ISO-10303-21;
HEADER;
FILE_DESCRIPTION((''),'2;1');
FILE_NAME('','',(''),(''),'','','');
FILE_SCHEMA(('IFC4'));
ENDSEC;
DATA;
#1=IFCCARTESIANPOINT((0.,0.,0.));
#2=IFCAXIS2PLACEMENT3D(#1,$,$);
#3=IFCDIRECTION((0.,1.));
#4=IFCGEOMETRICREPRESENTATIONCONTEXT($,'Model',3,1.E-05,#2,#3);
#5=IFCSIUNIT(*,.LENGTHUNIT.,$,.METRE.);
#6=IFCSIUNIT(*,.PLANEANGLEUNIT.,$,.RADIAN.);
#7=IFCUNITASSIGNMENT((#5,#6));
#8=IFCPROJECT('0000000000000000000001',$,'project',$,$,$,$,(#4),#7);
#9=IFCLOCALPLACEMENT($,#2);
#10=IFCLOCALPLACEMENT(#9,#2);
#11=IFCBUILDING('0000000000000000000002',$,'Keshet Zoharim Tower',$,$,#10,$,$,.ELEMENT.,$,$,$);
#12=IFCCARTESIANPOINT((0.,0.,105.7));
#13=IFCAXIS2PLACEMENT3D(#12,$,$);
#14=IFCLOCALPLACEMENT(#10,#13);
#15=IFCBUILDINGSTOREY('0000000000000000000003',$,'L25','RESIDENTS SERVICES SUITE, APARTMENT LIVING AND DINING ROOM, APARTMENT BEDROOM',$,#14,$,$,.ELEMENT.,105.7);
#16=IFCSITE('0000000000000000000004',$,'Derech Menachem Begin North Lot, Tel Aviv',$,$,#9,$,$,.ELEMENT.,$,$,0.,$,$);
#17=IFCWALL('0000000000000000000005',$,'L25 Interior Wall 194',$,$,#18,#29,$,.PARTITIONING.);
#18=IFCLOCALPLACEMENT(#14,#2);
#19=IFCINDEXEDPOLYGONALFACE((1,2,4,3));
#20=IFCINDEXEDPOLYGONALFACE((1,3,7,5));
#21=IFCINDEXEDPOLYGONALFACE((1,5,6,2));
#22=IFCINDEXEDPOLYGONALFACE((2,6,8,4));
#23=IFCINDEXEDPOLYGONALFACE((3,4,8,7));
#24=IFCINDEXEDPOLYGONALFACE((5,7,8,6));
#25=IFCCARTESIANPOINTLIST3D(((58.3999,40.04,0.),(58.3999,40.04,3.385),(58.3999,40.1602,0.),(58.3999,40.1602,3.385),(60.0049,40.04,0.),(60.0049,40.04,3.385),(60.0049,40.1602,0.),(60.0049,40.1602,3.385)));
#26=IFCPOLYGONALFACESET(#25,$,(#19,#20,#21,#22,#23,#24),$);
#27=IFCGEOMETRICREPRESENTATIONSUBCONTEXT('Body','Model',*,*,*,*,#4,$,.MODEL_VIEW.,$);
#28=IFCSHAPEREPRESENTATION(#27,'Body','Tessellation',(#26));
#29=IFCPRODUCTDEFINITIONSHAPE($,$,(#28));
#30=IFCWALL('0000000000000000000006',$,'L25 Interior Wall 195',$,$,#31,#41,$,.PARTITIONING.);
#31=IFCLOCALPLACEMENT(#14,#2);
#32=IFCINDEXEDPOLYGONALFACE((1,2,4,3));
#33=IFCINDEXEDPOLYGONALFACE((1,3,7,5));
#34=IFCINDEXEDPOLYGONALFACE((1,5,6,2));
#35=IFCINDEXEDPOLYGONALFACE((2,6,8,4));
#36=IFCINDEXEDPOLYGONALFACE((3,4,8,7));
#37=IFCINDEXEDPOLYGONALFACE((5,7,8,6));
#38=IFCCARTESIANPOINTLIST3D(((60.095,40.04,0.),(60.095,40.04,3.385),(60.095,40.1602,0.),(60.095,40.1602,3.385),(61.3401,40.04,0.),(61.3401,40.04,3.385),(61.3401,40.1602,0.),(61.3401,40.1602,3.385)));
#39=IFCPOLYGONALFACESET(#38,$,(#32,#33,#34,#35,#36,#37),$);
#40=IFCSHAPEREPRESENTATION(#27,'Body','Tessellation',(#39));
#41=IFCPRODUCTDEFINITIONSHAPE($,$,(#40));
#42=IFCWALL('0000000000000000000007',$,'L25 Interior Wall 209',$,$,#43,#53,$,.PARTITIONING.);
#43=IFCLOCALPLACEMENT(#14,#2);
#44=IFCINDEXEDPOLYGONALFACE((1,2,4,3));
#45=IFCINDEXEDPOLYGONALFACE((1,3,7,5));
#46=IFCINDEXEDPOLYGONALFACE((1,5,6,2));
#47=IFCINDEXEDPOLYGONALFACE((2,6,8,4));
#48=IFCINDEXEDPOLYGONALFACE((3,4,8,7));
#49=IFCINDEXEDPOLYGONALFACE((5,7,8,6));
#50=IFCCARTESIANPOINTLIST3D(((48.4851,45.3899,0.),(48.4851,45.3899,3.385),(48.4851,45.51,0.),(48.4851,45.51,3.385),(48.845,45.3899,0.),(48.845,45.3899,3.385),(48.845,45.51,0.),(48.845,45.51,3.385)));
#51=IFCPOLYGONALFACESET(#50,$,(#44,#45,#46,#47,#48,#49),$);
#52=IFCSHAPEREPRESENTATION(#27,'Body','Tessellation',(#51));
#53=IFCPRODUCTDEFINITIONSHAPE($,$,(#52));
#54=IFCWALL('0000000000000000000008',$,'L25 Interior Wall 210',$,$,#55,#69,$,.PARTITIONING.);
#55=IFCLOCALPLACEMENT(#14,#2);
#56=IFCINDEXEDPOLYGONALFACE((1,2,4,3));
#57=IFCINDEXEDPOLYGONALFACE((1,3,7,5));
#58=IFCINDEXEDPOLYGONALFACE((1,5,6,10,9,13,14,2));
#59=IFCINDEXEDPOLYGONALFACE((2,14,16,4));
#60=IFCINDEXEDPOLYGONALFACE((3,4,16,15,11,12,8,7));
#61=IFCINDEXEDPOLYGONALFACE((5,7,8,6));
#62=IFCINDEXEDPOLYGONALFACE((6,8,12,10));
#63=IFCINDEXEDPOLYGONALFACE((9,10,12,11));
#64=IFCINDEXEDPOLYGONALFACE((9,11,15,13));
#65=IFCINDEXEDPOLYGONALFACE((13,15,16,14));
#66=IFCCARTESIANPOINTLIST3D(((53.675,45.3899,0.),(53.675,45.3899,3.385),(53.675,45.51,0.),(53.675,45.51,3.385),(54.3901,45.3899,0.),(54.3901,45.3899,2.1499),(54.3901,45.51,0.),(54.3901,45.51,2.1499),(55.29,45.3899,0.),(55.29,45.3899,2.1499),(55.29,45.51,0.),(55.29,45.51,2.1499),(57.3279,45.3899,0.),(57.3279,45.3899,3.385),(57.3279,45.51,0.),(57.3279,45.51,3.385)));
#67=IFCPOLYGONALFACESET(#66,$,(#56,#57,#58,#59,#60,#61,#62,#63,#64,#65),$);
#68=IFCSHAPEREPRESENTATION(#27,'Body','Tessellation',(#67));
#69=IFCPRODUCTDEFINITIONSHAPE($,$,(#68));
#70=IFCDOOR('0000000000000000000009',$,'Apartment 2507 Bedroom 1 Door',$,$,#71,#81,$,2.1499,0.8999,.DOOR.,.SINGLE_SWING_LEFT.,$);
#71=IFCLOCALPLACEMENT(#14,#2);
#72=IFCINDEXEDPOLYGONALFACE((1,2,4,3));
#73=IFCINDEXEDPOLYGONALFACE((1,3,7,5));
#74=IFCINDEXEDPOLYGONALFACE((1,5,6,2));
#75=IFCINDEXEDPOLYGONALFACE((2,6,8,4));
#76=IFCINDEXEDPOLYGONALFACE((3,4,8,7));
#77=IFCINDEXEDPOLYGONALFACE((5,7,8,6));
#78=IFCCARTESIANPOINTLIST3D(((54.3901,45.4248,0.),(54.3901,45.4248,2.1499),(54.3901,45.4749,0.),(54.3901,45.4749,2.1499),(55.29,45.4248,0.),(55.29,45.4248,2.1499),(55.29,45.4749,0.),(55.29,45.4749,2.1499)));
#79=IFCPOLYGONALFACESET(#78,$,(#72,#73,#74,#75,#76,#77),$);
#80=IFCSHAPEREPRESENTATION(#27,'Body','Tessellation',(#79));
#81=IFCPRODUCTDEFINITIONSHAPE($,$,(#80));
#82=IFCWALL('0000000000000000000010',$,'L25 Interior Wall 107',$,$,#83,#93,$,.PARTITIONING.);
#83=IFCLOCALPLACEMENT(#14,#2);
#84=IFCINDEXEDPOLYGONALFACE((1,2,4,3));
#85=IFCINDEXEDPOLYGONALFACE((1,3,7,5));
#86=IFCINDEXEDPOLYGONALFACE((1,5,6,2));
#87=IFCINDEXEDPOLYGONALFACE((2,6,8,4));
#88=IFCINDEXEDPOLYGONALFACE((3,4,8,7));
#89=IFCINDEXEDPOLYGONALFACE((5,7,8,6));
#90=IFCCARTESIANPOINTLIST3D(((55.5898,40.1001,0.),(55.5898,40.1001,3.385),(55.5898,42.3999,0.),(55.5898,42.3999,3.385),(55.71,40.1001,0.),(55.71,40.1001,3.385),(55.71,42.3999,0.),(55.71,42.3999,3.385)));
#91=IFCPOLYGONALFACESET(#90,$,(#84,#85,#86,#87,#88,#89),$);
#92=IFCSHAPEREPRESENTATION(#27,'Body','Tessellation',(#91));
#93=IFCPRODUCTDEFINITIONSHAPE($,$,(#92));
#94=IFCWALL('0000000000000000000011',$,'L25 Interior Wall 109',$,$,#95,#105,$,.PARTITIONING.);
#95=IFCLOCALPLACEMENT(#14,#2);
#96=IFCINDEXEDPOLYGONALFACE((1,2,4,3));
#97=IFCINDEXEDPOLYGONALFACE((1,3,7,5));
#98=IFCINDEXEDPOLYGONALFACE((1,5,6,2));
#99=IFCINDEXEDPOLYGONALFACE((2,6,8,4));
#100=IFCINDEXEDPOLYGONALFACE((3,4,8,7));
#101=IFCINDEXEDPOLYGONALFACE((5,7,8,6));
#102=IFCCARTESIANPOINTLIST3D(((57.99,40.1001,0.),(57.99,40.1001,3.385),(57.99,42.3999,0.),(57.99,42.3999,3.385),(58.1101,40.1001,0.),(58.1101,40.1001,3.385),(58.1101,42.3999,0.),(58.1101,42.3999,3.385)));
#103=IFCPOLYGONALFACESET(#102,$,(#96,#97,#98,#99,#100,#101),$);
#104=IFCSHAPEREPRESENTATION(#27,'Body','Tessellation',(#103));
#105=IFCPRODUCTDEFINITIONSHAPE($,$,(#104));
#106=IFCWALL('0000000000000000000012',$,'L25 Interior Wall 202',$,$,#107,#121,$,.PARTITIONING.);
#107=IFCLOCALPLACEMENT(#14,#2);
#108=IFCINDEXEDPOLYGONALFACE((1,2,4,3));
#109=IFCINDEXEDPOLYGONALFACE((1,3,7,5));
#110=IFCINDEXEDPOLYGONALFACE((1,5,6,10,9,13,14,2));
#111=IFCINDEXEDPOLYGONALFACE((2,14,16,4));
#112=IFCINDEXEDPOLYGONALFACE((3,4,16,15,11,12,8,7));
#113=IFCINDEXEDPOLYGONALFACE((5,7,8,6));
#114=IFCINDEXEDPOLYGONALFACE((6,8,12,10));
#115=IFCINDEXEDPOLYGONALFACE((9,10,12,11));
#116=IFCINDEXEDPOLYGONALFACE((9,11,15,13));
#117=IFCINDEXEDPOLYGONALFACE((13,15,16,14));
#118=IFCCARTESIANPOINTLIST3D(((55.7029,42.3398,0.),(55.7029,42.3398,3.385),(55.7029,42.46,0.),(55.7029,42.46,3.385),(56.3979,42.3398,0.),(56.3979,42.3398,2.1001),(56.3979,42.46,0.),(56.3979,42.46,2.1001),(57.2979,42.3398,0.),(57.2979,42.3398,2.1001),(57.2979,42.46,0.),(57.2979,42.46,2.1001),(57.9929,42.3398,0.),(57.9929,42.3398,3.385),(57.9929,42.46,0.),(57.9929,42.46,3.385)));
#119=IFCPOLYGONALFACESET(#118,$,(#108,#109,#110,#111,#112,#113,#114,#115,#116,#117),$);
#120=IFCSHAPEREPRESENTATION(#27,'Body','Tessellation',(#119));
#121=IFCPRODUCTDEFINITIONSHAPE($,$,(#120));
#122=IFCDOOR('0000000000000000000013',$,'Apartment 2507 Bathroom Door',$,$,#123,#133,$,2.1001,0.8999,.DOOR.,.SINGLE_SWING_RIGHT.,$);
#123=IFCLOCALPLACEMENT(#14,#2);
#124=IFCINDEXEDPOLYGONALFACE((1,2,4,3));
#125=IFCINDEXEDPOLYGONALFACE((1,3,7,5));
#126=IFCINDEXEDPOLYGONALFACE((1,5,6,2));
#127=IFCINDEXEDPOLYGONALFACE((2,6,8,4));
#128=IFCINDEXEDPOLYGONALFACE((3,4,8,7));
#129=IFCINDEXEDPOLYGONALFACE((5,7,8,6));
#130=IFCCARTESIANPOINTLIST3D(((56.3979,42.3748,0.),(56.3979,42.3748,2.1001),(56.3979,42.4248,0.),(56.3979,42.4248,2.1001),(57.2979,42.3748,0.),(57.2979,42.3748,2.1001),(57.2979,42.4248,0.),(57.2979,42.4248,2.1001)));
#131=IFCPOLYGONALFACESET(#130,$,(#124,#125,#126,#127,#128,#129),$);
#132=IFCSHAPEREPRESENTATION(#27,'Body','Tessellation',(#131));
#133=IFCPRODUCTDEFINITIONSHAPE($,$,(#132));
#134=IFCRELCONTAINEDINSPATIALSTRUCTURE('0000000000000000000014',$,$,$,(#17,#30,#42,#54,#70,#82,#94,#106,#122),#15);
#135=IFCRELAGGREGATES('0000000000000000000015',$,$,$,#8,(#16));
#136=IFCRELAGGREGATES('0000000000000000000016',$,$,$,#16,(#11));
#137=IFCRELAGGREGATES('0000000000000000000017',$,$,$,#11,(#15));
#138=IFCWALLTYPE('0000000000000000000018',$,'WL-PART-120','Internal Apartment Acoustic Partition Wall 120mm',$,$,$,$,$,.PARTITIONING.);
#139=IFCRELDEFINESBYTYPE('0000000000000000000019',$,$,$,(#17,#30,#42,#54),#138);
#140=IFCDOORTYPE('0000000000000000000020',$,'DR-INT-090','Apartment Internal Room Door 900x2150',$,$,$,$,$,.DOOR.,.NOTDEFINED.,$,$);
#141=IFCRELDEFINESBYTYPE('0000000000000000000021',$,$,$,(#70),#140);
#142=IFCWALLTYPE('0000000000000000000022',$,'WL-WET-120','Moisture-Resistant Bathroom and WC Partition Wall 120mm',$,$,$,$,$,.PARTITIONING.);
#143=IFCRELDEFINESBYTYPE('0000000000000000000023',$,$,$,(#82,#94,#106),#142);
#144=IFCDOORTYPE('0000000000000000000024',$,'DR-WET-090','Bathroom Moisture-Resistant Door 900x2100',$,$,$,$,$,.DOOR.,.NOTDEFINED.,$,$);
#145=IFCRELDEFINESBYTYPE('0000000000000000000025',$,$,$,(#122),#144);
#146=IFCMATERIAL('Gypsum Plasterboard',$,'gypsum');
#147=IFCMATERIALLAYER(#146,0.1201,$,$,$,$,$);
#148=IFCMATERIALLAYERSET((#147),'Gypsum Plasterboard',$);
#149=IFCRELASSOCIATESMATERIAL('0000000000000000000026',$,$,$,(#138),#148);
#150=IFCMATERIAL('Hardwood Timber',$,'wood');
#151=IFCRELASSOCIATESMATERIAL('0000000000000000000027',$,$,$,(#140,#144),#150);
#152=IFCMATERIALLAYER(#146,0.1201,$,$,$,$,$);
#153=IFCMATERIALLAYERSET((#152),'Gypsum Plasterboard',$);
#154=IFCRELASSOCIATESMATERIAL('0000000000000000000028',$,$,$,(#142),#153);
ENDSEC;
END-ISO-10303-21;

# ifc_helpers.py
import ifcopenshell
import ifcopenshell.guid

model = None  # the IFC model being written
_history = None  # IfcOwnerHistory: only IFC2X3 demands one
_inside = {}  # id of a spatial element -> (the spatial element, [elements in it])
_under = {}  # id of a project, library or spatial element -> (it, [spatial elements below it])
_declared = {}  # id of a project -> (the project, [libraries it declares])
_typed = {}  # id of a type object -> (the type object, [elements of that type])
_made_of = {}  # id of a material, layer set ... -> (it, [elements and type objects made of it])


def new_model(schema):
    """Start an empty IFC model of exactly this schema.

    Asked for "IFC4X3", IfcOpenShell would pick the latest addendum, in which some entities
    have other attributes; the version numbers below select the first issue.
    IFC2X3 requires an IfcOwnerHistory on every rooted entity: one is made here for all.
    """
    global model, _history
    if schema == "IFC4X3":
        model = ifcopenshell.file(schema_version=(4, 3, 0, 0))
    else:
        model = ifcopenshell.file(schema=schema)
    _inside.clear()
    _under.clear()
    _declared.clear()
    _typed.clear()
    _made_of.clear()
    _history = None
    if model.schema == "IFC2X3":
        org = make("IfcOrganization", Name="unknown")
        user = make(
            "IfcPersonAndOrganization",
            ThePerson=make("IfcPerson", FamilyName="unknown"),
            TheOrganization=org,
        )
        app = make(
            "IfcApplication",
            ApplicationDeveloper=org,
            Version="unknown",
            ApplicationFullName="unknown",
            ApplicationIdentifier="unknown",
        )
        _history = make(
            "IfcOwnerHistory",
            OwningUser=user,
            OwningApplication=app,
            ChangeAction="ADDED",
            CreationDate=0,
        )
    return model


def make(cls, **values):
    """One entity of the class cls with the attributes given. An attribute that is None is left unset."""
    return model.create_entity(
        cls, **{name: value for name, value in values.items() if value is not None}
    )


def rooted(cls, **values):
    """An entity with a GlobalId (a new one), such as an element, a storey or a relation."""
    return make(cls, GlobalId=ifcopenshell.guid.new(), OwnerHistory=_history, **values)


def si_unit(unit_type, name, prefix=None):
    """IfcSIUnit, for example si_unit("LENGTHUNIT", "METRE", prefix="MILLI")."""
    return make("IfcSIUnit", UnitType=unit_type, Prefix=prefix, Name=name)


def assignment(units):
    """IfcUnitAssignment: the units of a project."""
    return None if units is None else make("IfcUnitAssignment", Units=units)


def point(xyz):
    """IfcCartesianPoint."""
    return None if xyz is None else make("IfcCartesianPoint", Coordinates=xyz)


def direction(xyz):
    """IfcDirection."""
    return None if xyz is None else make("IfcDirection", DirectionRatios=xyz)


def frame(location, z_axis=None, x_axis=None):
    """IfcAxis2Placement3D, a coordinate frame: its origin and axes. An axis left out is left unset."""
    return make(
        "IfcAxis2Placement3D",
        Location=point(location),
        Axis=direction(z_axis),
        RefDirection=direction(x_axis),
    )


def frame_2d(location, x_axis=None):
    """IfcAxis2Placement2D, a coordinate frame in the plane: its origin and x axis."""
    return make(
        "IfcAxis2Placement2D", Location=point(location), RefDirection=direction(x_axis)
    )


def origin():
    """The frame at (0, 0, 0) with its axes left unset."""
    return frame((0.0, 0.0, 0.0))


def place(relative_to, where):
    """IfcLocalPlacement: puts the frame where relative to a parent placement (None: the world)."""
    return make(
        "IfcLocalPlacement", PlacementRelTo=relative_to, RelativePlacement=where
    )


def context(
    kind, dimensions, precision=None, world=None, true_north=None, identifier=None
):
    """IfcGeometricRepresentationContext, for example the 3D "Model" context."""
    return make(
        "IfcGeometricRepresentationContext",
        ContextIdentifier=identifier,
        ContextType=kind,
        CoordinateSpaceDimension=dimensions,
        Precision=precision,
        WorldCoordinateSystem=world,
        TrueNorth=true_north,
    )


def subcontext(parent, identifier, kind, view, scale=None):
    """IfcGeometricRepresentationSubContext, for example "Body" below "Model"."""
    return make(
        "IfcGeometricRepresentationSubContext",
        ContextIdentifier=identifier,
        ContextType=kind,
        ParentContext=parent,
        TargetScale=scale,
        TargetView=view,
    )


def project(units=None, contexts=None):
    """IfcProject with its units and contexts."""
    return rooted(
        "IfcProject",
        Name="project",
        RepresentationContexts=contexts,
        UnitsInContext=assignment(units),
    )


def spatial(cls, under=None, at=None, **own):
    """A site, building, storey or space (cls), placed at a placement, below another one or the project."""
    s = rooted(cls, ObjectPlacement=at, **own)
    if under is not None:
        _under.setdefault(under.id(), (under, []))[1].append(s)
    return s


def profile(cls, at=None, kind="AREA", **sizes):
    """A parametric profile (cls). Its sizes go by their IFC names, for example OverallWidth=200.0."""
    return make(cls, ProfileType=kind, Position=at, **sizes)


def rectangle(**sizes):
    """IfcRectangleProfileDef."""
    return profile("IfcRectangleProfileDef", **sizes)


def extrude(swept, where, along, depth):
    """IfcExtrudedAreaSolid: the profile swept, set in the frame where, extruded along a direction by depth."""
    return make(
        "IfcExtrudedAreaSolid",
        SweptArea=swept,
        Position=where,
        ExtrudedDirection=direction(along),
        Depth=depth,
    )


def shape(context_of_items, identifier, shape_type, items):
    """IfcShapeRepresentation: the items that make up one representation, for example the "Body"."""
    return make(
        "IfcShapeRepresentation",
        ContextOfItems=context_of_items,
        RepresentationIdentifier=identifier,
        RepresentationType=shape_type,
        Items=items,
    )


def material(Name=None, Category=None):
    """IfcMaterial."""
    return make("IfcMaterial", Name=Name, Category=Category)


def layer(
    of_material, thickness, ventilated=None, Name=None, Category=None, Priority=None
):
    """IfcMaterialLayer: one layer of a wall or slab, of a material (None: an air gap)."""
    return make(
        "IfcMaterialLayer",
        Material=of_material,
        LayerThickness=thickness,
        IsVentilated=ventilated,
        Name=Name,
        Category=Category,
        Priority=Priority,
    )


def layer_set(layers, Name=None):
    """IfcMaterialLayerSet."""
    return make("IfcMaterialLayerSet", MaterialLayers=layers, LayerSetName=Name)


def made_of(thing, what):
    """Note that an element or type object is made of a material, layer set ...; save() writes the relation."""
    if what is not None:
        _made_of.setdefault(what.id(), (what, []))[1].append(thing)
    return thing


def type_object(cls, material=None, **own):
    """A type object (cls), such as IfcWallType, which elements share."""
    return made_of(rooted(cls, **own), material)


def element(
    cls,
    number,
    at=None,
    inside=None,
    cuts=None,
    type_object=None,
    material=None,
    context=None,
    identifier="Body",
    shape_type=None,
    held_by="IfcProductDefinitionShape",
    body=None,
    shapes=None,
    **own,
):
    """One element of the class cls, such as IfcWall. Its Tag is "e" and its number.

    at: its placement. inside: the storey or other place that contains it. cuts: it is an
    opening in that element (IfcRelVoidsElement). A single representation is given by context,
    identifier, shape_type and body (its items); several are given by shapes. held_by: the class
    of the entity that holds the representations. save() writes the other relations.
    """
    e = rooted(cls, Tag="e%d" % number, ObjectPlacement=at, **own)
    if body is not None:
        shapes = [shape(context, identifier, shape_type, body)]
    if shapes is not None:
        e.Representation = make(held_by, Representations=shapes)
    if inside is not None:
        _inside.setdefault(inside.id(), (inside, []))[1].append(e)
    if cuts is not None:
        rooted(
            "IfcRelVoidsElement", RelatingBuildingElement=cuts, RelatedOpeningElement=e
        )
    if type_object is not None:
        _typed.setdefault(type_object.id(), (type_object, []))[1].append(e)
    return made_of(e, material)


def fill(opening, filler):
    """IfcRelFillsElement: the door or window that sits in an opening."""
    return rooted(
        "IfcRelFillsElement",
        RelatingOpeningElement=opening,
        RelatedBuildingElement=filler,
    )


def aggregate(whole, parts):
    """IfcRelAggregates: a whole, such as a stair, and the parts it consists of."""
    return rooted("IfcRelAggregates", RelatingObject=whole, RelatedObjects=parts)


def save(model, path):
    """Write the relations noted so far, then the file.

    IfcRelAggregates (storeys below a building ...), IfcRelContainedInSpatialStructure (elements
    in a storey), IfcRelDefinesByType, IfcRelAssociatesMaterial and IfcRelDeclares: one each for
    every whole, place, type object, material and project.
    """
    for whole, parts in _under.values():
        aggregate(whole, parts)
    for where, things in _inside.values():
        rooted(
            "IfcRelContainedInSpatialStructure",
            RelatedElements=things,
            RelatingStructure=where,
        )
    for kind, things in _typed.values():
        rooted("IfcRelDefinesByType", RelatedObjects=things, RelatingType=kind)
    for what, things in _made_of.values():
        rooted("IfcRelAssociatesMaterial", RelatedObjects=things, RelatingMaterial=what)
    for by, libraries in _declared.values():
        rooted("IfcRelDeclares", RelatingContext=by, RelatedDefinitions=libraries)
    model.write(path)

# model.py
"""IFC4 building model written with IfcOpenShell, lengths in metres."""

from ifc_helpers import new_model, si_unit, direction, frame, frame_2d, origin, place, context, subcontext, project, spatial, rectangle, extrude, material, layer, layer_set, type_object, element, fill, save


model = new_model("IFC4")

# Units and contexts
model_context = context("Model", 3, precision=1e-05, world=origin(), true_north=direction((0.0, 1.0)))
body_context = subcontext(model_context, "Body", "Model", "MODEL_VIEW")
ifc_project = project(units=[si_unit("LENGTHUNIT", "METRE"), si_unit("PLANEANGLEUNIT", "RADIAN")], contexts=[model_context])

# Site, building, storey
site_placement = place(None, origin())
site = spatial("IfcSite", under=ifc_project, at=site_placement, Name="Derech Menachem Begin North Lot, Tel Aviv", CompositionType="ELEMENT", RefElevation=0.0)
building_placement = place(site_placement, origin())
building = spatial("IfcBuilding", under=site, at=building_placement, Name="Keshet Zoharim Tower", CompositionType="ELEMENT")
storey_placement = place(building_placement, frame((0.0, 0.0, 105.7)))
storey = spatial("IfcBuildingStorey", under=building, at=storey_placement, Name="L25", Description="RESIDENTS SERVICES SUITE, APARTMENT LIVING AND DINING ROOM, APARTMENT BEDROOM", CompositionType="ELEMENT", Elevation=105.7)

# Walls
ifc_material_1 = material(Name="Gypsum Plasterboard", Category="gypsum")
ifc_layer_1 = layer(ifc_material_1, 0.1201)
ifc_layer_set_1 = layer_set([ifc_layer_1], Name="Gypsum Plasterboard")
wall_type_1 = type_object("IfcWallType", Name="WL-PART-120", Description="Internal Apartment Acoustic Partition Wall 120mm", PredefinedType="PARTITIONING", material=ifc_layer_set_1)
wall_1_placement = place(storey_placement, frame((58.3999, 40.1001, 0.0), z_axis=(0.0, 0.0, 1.0), x_axis=(1.0, 0.0, 0.0)))
element("IfcWall", 1, at=wall_1_placement, inside=storey, type_object=wall_type_1, Name="L25 Interior Wall 194", PredefinedType="PARTITIONING", context=body_context, shape_type="SweptSolid", body=[
    extrude(rectangle(XDim=1.605, YDim=0.1201, at=frame_2d((0.8025, 0.0))), origin(), (0.0, 0.0, 1.0), 3.385),
])
wall_2_placement = place(storey_placement, frame((60.095, 40.1001, 0.0), z_axis=(0.0, 0.0, 1.0), x_axis=(1.0, 0.0, 0.0)))
element("IfcWall", 2, at=wall_2_placement, inside=storey, type_object=wall_type_1, Name="L25 Interior Wall 195", PredefinedType="PARTITIONING", context=body_context, shape_type="SweptSolid", body=[
    extrude(rectangle(XDim=1.2451, YDim=0.1201, at=frame_2d((0.6226, 0.0))), origin(), (0.0, 0.0, 1.0), 3.385),
])

# Shared definitions
ifc_material_2 = material(Name="Hardwood Timber", Category="wood")
door_type_1 = type_object("IfcDoorType", Name="DR-INT-090", Description="Apartment Internal Room Door 900x2150", OperationType="NOTDEFINED", PredefinedType="DOOR", material=ifc_material_2)

# Wall
wall_3_placement = place(storey_placement, frame((48.4851, 45.45, 0.0), z_axis=(0.0, 0.0, 1.0), x_axis=(1.0, 0.0, 0.0)))
element("IfcWall", 3, at=wall_3_placement, inside=storey, type_object=wall_type_1, Name="L25 Interior Wall 209", PredefinedType="PARTITIONING", context=body_context, shape_type="SweptSolid", body=[
    extrude(rectangle(XDim=0.3599, YDim=0.1201, at=frame_2d((0.1799, 0.0))), origin(), (0.0, 0.0, 1.0), 3.385),
])

# Wall, opening, door
wall_4_placement = place(storey_placement, frame((53.675, 45.45, 0.0), z_axis=(0.0, 0.0, 1.0), x_axis=(1.0, 0.0, 0.0)))
wall_4 = element("IfcWall", 4, at=wall_4_placement, inside=storey, type_object=wall_type_1, Name="L25 Interior Wall 210", PredefinedType="PARTITIONING", context=body_context, shape_type="SweptSolid", body=[
    extrude(rectangle(XDim=3.6528, YDim=0.1201, at=frame_2d((1.8264, 0.0))), origin(), (0.0, 0.0, 1.0), 3.385),
])
opening_1_placement = place(wall_4_placement, frame((0.7151, 0.0, 0.0)))
opening_1 = element("IfcOpeningElement", 5, at=opening_1_placement, cuts=wall_4, PredefinedType="OPENING", context=body_context, shape_type="SweptSolid", body=[
    extrude(rectangle(XDim=0.8999, YDim=2.1499, at=frame_2d((0.45, 1.075))), frame((0.0, 0.0701, 0.0), z_axis=(0.0, -1.0, 0.0), x_axis=(1.0, 0.0, 0.0)), (0.0, 0.0, 1.0), 0.1401),
])
door_1_placement = place(opening_1_placement, origin())
door_1 = element("IfcDoor", 6, at=door_1_placement, inside=storey, type_object=door_type_1, Name="Apartment 2507 Bedroom 1 Door", OperationType="SINGLE_SWING_LEFT", OverallHeight=2.1499, OverallWidth=0.8999, PredefinedType="DOOR", context=body_context, shape_type="SweptSolid", body=[
    extrude(rectangle(XDim=0.8999, YDim=2.1499, at=frame_2d((0.45, 1.075))), frame((0.0, 0.0249, 0.0), z_axis=(0.0, -1.0, 0.0), x_axis=(1.0, 0.0, 0.0)), (0.0, 0.0, 1.0), 0.05),
])
fill(opening_1, door_1)

# Walls
ifc_layer_2 = layer(ifc_material_1, 0.1201)
ifc_layer_set_2 = layer_set([ifc_layer_2], Name="Gypsum Plasterboard")
wall_type_2 = type_object("IfcWallType", Name="WL-WET-120", Description="Moisture-Resistant Bathroom and WC Partition Wall 120mm", PredefinedType="PARTITIONING", material=ifc_layer_set_2)
for number, where, z_axis, x_axis, name in (
    (7, (55.6499, 40.1001, 0.0), (0.0, 0.0, 1.0), (0.0, 1.0, 0.0), "L25 Interior Wall 107"),
    (8, (58.05, 40.1001, 0.0), (0.0, 0.0, 1.0), (0.0, 1.0, 0.0), "L25 Interior Wall 109"),
):
    element("IfcWall", number, at=place(storey_placement, frame(where, z_axis=z_axis, x_axis=x_axis)), inside=storey, type_object=wall_type_2, Name=name, PredefinedType="PARTITIONING", context=body_context, shape_type="SweptSolid", body=[
        extrude(rectangle(XDim=2.2998, YDim=0.1201, at=frame_2d((1.1499, 0.0))), origin(), (0.0, 0.0, 1.0), 3.385),
    ])

# Wall, opening, door
wall_5_placement = place(storey_placement, frame((55.7029, 42.3999, 0.0), z_axis=(0.0, 0.0, 1.0), x_axis=(1.0, 0.0, 0.0)))
wall_5 = element("IfcWall", 9, at=wall_5_placement, inside=storey, type_object=wall_type_2, Name="L25 Interior Wall 202", PredefinedType="PARTITIONING", context=body_context, shape_type="SweptSolid", body=[
    extrude(rectangle(XDim=2.29, YDim=0.1201, at=frame_2d((1.145, 0.0))), origin(), (0.0, 0.0, 1.0), 3.385),
])
opening_2_placement = place(wall_5_placement, frame((0.6951, 0.0, 0.0)))
opening_2 = element("IfcOpeningElement", 10, at=opening_2_placement, cuts=wall_5, PredefinedType="OPENING", context=body_context, shape_type="SweptSolid", body=[
    extrude(rectangle(XDim=0.8999, YDim=2.1001, at=frame_2d((0.45, 1.05))), frame((0.0, 0.0701, 0.0), z_axis=(0.0, -1.0, 0.0), x_axis=(1.0, 0.0, 0.0)), (0.0, 0.0, 1.0), 0.1401),
])
door_type_2 = type_object("IfcDoorType", Name="DR-WET-090", Description="Bathroom Moisture-Resistant Door 900x2100", OperationType="NOTDEFINED", PredefinedType="DOOR", material=ifc_material_2)
door_2_placement = place(opening_2_placement, origin())
door_2 = element("IfcDoor", 11, at=door_2_placement, inside=storey, type_object=door_type_2, Name="Apartment 2507 Bathroom Door", OperationType="SINGLE_SWING_RIGHT", OverallHeight=2.1001, OverallWidth=0.8999, PredefinedType="DOOR", context=body_context, shape_type="SweptSolid", body=[
    extrude(rectangle(XDim=0.8999, YDim=2.1001, at=frame_2d((0.45, 1.05))), frame((0.0, 0.0249, 0.0), z_axis=(0.0, -1.0, 0.0), x_axis=(1.0, 0.0, 0.0)), (0.0, 0.0, 1.0), 0.05),
])
fill(opening_2, door_2)

save(model, "model.ifc")
